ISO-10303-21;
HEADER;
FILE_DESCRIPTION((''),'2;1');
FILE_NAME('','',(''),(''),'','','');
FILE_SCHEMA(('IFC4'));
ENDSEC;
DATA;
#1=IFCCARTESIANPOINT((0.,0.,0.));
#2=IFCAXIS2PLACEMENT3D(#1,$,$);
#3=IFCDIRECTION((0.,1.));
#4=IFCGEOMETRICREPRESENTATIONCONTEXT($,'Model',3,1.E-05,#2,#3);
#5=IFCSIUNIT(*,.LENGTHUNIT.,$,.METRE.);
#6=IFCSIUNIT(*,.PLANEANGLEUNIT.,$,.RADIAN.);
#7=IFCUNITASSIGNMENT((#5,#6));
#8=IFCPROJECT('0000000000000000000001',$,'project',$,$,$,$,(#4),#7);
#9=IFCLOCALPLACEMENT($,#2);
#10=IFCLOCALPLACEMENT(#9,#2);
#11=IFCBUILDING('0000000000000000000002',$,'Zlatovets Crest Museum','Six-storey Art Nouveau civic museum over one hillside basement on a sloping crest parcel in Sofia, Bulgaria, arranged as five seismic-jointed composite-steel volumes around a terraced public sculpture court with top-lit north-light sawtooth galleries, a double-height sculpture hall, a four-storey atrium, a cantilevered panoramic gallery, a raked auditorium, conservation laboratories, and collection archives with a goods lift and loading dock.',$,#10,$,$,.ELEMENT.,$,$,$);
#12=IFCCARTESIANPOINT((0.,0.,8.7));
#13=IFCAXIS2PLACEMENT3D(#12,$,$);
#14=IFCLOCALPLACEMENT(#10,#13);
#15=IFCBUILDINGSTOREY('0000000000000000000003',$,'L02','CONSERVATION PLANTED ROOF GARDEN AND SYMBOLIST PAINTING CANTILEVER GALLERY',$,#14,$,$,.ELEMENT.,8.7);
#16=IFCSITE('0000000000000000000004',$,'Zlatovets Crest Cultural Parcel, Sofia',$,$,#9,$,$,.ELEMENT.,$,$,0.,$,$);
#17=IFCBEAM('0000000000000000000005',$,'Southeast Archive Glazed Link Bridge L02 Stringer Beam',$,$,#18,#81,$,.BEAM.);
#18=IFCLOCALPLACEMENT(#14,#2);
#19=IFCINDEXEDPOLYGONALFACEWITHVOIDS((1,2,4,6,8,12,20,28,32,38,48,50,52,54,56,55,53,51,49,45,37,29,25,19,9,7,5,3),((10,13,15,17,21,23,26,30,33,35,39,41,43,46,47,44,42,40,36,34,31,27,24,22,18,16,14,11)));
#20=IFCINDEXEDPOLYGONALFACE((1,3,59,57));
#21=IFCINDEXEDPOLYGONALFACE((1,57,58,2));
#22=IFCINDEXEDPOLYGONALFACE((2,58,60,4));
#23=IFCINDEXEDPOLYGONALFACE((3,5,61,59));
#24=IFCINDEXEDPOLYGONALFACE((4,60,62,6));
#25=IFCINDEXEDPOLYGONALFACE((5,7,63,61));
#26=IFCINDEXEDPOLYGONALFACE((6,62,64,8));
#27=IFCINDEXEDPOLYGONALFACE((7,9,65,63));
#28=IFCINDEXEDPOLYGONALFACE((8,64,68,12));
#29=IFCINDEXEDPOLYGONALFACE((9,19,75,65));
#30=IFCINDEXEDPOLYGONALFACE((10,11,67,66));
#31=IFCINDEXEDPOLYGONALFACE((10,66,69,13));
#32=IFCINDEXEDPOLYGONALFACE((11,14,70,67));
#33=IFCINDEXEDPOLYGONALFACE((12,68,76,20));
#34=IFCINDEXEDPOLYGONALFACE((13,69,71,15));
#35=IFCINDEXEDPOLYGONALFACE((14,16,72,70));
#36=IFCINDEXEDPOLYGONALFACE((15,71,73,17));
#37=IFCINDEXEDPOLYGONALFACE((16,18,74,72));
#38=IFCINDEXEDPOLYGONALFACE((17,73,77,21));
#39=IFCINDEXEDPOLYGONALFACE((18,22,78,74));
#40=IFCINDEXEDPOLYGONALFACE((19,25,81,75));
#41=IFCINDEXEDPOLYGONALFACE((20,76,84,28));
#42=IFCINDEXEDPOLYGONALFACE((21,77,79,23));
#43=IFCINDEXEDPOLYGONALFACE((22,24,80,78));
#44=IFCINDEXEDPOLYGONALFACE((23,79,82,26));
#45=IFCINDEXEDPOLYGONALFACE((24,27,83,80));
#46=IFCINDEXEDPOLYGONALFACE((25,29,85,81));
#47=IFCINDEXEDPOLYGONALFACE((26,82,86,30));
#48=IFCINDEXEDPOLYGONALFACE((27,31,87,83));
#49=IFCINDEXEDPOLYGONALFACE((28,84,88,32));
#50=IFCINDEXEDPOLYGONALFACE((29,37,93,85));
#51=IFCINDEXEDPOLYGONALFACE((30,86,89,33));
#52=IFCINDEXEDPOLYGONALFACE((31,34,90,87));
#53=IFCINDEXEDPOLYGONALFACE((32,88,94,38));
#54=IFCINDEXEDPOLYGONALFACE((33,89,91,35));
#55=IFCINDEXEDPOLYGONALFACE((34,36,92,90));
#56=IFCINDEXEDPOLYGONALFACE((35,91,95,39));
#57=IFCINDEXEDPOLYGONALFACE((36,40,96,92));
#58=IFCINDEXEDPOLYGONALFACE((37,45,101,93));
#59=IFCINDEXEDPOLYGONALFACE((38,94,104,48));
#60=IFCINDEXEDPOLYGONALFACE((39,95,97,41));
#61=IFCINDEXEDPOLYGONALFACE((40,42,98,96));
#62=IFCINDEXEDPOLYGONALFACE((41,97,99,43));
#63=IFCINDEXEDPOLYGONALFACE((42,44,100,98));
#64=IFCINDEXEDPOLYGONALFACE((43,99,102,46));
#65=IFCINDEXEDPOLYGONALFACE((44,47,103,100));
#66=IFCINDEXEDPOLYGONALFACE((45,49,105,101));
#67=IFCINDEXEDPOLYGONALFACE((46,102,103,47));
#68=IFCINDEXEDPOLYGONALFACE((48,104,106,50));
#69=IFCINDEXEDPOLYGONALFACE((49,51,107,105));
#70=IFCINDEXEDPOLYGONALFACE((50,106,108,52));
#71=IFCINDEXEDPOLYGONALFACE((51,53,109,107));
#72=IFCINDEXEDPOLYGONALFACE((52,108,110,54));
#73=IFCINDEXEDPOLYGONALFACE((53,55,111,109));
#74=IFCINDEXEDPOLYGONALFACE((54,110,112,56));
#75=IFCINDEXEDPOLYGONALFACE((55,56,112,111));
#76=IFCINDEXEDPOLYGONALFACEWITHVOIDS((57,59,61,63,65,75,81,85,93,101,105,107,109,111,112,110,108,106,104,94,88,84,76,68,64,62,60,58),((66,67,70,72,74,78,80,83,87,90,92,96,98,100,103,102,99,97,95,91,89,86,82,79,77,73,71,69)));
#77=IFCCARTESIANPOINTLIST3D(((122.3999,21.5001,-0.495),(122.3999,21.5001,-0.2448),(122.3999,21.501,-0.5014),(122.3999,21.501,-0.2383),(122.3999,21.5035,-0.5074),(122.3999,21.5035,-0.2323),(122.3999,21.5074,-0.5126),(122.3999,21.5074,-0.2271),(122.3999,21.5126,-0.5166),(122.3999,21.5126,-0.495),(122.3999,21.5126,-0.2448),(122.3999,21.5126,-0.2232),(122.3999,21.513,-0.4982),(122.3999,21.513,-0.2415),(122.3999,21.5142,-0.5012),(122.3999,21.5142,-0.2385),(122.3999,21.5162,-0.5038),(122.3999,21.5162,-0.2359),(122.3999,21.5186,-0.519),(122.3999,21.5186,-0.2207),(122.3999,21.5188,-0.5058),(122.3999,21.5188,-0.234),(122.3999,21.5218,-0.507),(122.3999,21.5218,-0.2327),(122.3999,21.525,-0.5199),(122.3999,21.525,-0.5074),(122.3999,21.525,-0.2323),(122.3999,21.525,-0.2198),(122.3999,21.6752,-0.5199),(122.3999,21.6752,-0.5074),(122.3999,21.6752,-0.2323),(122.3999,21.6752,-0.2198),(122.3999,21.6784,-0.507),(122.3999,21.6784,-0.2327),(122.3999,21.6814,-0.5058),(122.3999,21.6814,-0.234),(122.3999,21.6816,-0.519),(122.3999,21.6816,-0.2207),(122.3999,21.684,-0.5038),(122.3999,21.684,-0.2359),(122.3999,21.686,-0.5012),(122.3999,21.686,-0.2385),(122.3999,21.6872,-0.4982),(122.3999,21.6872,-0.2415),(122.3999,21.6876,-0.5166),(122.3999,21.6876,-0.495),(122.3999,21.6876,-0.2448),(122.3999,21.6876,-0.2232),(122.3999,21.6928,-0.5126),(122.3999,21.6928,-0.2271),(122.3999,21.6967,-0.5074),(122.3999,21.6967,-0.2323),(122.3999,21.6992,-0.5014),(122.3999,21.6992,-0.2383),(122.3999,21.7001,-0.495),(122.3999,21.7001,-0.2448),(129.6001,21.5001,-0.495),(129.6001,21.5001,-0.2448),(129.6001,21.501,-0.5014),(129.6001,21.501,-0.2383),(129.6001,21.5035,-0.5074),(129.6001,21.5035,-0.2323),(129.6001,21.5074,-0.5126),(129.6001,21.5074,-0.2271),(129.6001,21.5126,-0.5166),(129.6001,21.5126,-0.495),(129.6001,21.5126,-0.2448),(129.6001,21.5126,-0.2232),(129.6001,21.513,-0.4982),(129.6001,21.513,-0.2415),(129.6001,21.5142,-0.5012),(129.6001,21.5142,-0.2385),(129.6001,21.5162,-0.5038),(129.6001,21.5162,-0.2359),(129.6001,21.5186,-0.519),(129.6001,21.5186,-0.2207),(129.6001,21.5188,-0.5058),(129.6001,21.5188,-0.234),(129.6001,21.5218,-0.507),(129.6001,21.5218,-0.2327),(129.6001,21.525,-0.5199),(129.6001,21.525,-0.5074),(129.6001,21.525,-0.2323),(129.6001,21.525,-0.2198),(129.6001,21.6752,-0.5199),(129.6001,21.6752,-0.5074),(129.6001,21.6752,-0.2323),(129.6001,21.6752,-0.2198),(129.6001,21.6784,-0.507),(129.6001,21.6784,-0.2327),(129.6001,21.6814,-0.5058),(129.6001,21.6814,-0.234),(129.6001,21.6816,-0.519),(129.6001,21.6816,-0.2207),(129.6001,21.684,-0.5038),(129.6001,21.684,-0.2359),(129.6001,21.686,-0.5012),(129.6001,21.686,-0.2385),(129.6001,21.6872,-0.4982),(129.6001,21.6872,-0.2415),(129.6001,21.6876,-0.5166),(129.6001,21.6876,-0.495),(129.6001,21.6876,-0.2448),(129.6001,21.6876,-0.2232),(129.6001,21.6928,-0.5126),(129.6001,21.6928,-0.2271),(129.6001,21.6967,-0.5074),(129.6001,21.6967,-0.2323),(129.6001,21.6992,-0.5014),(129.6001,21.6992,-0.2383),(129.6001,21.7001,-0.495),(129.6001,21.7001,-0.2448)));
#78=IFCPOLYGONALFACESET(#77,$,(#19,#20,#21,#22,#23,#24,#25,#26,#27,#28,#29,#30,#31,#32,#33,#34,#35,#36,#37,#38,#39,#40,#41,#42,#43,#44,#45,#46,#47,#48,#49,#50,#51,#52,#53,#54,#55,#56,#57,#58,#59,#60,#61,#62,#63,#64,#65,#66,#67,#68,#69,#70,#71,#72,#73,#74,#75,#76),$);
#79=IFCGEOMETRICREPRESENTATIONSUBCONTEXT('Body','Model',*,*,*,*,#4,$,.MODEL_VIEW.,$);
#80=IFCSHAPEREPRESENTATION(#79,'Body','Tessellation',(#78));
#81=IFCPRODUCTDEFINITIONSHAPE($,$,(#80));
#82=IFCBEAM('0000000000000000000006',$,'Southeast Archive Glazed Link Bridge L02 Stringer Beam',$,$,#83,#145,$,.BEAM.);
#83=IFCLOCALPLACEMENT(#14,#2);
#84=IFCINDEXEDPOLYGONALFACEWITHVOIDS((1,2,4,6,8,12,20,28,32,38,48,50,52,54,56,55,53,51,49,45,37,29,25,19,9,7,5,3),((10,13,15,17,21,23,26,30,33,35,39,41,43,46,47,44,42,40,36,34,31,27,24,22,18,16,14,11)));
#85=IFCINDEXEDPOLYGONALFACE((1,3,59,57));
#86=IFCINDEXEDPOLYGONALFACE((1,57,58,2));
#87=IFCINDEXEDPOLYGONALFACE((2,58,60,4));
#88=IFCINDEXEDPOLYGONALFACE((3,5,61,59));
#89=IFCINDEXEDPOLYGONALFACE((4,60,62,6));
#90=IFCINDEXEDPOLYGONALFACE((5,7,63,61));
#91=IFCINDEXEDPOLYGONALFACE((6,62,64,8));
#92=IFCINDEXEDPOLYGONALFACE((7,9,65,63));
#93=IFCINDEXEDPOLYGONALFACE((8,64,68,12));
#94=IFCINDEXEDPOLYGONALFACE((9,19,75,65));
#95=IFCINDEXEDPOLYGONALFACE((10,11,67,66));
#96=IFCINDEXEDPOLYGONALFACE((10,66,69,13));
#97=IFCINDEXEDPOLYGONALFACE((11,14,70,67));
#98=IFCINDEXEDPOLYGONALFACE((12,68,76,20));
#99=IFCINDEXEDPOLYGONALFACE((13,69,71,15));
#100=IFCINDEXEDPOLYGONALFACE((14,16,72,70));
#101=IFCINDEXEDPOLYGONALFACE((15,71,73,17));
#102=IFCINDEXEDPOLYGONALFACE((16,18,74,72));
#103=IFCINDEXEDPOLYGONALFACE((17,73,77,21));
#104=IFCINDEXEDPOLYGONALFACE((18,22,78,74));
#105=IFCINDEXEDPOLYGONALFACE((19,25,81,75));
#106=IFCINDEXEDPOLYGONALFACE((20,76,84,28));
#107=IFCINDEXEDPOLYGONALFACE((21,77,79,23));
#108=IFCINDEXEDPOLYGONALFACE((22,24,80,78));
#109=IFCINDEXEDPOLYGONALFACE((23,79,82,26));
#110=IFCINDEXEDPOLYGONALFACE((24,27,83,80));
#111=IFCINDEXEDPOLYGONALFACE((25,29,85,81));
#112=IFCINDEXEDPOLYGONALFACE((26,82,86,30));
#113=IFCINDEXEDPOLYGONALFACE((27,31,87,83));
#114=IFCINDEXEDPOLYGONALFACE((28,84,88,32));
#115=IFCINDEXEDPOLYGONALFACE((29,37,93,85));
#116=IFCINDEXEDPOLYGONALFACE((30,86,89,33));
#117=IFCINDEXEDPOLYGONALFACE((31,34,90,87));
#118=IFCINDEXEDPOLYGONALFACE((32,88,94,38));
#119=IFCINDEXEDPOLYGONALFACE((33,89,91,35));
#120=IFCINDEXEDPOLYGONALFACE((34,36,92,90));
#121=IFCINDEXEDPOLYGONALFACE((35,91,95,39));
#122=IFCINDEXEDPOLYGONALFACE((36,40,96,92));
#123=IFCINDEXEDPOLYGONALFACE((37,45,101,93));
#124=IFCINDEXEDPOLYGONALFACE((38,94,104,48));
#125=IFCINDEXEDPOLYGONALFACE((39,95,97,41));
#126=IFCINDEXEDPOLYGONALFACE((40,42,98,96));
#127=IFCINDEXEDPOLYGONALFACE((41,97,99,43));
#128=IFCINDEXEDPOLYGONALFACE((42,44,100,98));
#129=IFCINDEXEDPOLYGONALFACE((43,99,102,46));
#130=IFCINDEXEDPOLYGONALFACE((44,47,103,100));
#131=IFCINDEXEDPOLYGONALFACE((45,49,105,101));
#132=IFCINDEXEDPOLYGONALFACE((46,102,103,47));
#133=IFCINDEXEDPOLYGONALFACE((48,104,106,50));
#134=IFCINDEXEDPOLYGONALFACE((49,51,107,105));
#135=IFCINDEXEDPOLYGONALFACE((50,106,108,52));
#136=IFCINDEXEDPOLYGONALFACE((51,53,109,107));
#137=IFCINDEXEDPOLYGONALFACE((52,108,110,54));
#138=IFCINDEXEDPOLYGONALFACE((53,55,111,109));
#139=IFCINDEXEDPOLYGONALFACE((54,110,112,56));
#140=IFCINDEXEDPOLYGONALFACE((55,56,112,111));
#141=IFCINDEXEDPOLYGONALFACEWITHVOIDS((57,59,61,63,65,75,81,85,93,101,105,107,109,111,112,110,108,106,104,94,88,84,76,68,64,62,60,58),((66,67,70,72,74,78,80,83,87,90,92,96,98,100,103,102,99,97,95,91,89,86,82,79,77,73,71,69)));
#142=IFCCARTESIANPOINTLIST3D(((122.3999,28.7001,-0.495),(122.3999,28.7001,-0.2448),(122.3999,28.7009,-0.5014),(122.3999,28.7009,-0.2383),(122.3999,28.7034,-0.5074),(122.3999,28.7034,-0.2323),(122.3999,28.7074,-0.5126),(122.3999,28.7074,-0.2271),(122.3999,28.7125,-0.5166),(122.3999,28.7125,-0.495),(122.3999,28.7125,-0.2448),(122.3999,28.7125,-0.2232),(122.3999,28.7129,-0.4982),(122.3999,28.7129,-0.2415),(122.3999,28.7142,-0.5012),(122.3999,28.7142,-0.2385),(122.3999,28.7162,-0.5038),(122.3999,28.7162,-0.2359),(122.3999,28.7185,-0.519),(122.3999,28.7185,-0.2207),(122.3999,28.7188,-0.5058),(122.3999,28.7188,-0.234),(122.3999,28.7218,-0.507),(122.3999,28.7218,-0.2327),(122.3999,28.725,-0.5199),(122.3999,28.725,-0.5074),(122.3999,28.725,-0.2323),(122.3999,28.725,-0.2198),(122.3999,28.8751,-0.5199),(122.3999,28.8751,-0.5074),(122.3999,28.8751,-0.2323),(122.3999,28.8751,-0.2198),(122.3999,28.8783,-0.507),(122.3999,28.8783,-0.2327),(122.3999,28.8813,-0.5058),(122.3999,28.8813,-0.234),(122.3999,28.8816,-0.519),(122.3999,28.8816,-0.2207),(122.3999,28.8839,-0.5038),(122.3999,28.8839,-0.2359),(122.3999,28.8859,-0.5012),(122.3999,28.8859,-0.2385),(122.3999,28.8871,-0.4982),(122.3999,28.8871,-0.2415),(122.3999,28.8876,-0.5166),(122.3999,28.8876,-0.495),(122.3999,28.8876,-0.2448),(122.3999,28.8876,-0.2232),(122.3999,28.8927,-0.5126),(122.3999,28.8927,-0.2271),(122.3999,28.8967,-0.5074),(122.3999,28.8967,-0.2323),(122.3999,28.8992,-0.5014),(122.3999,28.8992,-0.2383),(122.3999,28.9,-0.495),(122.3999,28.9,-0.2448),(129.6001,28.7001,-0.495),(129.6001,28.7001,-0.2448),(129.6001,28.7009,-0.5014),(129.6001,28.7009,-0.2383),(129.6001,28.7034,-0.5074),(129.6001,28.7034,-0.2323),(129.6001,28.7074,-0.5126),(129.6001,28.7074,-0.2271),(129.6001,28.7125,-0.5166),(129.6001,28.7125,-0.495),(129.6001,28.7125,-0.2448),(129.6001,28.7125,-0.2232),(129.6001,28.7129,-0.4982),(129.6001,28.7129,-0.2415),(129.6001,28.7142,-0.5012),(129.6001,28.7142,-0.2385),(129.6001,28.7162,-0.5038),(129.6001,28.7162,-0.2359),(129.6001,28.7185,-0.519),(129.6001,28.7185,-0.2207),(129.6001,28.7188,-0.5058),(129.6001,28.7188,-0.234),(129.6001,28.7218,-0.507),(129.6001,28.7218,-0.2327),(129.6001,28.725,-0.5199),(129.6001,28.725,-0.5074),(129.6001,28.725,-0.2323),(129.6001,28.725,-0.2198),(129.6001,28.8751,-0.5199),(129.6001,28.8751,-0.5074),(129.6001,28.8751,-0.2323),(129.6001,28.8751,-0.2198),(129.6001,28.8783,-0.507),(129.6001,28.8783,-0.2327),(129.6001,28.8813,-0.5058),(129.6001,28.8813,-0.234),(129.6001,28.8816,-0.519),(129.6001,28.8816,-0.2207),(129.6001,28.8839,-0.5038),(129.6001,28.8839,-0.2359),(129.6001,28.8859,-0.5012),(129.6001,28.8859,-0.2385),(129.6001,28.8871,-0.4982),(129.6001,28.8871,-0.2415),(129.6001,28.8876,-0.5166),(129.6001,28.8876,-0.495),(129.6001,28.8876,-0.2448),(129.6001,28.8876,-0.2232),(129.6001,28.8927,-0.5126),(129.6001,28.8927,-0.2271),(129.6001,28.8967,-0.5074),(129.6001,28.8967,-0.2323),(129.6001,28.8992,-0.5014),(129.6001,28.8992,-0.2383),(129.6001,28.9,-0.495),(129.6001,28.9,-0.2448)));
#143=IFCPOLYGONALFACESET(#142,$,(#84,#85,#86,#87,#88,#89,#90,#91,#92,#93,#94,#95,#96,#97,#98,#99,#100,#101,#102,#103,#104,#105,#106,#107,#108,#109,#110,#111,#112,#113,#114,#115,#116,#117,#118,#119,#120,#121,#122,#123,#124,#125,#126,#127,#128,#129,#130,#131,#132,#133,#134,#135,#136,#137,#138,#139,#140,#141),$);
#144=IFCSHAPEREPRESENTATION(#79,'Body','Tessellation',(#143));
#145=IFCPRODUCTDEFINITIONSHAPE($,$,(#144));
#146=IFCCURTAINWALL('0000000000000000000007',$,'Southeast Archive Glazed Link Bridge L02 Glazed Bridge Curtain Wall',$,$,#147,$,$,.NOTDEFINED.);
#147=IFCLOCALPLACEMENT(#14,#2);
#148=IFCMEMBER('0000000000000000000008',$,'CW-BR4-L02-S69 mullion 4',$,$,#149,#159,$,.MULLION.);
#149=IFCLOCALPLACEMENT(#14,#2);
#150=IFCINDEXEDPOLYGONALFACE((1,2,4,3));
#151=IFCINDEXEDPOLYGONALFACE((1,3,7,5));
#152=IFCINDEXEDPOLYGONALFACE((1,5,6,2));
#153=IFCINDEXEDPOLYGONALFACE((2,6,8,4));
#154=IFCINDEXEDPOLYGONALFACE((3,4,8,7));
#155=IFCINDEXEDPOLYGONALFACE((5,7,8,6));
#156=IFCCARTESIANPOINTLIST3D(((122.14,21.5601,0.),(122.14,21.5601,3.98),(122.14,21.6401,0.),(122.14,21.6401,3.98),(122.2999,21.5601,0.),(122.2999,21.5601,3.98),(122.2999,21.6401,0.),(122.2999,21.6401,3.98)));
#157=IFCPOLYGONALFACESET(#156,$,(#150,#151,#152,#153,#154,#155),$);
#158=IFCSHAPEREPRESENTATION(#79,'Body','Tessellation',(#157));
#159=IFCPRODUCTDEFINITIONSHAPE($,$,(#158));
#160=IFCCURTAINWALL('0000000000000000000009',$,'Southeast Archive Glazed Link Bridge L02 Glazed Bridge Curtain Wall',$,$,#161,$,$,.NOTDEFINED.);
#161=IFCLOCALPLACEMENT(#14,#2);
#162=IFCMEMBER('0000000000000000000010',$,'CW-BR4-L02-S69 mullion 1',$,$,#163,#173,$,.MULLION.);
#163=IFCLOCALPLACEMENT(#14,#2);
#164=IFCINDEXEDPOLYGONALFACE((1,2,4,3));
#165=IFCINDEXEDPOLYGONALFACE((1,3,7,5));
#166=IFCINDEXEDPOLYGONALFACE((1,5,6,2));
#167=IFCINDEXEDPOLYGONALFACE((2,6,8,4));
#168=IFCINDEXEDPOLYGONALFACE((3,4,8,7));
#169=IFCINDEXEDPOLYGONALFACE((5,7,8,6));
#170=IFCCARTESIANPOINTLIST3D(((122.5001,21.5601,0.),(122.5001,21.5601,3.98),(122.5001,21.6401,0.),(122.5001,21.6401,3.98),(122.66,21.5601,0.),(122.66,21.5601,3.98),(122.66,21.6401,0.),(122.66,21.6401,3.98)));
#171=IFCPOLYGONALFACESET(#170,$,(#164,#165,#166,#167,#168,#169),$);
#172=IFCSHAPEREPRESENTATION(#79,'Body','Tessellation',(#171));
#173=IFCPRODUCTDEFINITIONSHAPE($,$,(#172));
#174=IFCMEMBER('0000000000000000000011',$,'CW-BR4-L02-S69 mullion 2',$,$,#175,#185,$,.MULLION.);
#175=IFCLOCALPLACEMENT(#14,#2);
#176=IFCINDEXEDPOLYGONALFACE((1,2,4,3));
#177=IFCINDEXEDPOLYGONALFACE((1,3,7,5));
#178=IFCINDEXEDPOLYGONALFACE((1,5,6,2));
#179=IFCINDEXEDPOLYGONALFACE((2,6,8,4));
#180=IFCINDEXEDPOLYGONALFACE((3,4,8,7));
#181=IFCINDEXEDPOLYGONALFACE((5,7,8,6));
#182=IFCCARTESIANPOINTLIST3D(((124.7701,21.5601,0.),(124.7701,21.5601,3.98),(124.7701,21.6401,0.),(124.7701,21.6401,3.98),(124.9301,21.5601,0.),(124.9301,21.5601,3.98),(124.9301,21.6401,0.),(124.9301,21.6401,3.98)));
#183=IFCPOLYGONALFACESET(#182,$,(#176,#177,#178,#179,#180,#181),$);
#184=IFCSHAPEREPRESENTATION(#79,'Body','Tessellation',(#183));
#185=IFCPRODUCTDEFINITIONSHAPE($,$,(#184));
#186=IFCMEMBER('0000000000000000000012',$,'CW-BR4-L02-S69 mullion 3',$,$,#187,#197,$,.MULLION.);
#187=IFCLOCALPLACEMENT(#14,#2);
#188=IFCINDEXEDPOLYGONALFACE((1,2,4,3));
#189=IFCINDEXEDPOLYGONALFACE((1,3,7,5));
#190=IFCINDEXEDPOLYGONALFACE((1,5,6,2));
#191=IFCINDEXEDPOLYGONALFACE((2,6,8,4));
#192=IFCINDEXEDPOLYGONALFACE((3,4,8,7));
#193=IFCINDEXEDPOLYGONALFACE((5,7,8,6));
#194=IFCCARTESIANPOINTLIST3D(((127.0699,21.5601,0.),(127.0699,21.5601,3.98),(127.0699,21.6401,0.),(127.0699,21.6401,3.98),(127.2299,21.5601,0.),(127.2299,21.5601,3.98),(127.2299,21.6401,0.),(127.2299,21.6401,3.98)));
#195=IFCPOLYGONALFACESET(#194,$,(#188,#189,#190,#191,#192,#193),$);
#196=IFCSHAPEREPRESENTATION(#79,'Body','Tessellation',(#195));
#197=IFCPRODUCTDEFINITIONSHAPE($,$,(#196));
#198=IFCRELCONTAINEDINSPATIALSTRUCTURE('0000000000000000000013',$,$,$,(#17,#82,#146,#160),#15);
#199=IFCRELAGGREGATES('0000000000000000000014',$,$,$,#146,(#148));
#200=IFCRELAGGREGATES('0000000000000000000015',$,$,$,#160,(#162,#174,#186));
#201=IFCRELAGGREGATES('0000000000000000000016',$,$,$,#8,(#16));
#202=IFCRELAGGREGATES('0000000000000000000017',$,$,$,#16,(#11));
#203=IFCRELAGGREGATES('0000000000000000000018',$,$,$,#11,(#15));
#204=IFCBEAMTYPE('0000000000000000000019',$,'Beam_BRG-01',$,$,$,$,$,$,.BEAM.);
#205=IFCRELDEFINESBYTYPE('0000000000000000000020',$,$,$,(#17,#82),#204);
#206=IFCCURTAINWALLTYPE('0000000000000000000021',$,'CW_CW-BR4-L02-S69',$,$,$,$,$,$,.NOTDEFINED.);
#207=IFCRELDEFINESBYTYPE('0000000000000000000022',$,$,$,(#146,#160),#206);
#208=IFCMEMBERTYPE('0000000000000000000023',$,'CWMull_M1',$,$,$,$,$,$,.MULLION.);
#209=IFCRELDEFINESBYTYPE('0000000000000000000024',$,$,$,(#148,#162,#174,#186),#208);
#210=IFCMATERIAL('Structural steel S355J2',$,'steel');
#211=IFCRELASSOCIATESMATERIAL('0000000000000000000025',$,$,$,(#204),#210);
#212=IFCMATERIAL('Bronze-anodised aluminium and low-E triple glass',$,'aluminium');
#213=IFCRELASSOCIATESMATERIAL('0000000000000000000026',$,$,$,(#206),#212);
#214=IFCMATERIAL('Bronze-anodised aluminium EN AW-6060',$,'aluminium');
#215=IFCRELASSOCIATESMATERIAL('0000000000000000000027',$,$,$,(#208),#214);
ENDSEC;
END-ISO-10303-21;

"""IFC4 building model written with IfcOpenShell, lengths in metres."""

from ifc_helpers import new_model, si_unit, direction, frame, origin, origin_2d, place, context, subcontext, project, spatial, rectangle, hollow_rectangle, extrude, material, material_profile, profile_set, type_object, element, aggregate, save


model = new_model("IFC4")

# Units and contexts
model_context = context("Model", 3, precision=1e-05, world=origin(), true_north=direction((0.0, 1.0)))
body_context = subcontext(model_context, "Body", "Model", "MODEL_VIEW")
ifc_project = project(units=[si_unit("LENGTHUNIT", "METRE"), si_unit("PLANEANGLEUNIT", "RADIAN")], contexts=[model_context])

# Site, building, storey
site_placement = place(None, origin())
site = spatial("IfcSite", under=ifc_project, at=site_placement, Name="Zlatovets Crest Cultural Parcel, Sofia", CompositionType="ELEMENT", RefElevation=0.0)
building_placement = place(site_placement, origin())
building = spatial("IfcBuilding", under=site, at=building_placement, Name="Zlatovets Crest Museum", Description="Six-storey Art Nouveau civic museum over one hillside basement on a sloping crest parcel in Sofia, Bulgaria, arranged as five seismic-jointed composite-steel volumes around a terraced public sculpture court with top-lit north-light sawtooth galleries, a double-height sculpture hall, a four-storey atrium, a cantilevered panoramic gallery, a raked auditorium, conservation laboratories, and collection archives with a goods lift and loading dock.", CompositionType="ELEMENT")
storey_placement = place(building_placement, frame((0.0, 0.0, 8.7)))
storey = spatial("IfcBuildingStorey", under=building, at=storey_placement, Name="L02", Description="CONSERVATION PLANTED ROOF GARDEN AND SYMBOLIST PAINTING CANTILEVER GALLERY", CompositionType="ELEMENT", Elevation=8.7)

# Shared definitions
ifc_material_1 = material(Name="Structural steel S355J2", Category="steel")

# Beams
ifc_material_profile_1 = material_profile(ifc_material_1, hollow_rectangle(XDim=0.2, YDim=0.3, WallThickness=0.0125, InnerFilletRadius=0.0125, OuterFilletRadius=0.0249, at=origin_2d()), Name="RHS 200x300x12.5")
ifc_profile_set_1 = profile_set([ifc_material_profile_1], Name="Structural steel S355J2")
beam_type_1 = type_object("IfcBeamType", Name="Beam_BRG-01", PredefinedType="BEAM", material=ifc_profile_set_1)
for number, where, z_axis, x_axis, name in (
    (1, (122.3999, 21.6001, -0.3699), (1.0, 0.0, 0.0), (0.0, 1.0, 0.0), "Southeast Archive Glazed Link Bridge L02 Stringer Beam"),
    (2, (122.3999, 28.8, -0.3699), (1.0, 0.0, 0.0), (0.0, 1.0, 0.0), "Southeast Archive Glazed Link Bridge L02 Stringer Beam"),
):
    element("IfcBeam", number, at=place(storey_placement, frame(where, z_axis=z_axis, x_axis=x_axis)), inside=storey, type_object=beam_type_1, Name=name, PredefinedType="BEAM", context=body_context, shape_type="SweptSolid", body=[
        extrude(hollow_rectangle(XDim=0.2, YDim=0.3, WallThickness=0.0125, InnerFilletRadius=0.0125, OuterFilletRadius=0.0249, at=origin_2d()), origin(), (0.0, 0.0, 1.0), 7.2002),
    ])

# Curtain wall, member
ifc_material_2 = material(Name="Bronze-anodised aluminium and low-E triple glass", Category="aluminium")
curtain_wall_type = type_object("IfcCurtainWallType", Name="CW_CW-BR4-L02-S69", PredefinedType="NOTDEFINED", material=ifc_material_2)
curtain_wall_1_placement = place(storey_placement, origin())
curtain_wall_1 = element("IfcCurtainWall", 3, at=curtain_wall_1_placement, inside=storey, type_object=curtain_wall_type, Name="Southeast Archive Glazed Link Bridge L02 Glazed Bridge Curtain Wall", PredefinedType="NOTDEFINED")
ifc_material_3 = material(Name="Bronze-anodised aluminium EN AW-6060", Category="aluminium")
ifc_material_profile_2 = material_profile(ifc_material_3, rectangle(XDim=0.0801, YDim=0.1599, at=origin_2d()), Name="ALU 80x160")
ifc_profile_set_2 = profile_set([ifc_material_profile_2], Name="Bronze-anodised aluminium EN AW-6060")
member_type_1 = type_object("IfcMemberType", Name="CWMull_M1", PredefinedType="MULLION", material=ifc_profile_set_2)
member_1_placement = place(storey_placement, frame((122.22, 21.6001, 0.0), z_axis=(0.0, 0.0, 1.0), x_axis=(0.0, 1.0, 0.0)))
member_1 = element("IfcMember", 4, at=member_1_placement, type_object=member_type_1, Name="CW-BR4-L02-S69 mullion 4", PredefinedType="MULLION", context=body_context, shape_type="SweptSolid", body=[
    extrude(rectangle(XDim=0.0801, YDim=0.1599, at=origin_2d()), origin(), (0.0, 0.0, 1.0), 3.98),
])

# Curtain wall, members
curtain_wall_2_placement = place(storey_placement, origin())
curtain_wall_2 = element("IfcCurtainWall", 5, at=curtain_wall_2_placement, inside=storey, type_object=curtain_wall_type, Name="Southeast Archive Glazed Link Bridge L02 Glazed Bridge Curtain Wall", PredefinedType="NOTDEFINED")
member_2_placement = place(storey_placement, frame((122.5801, 21.6001, 0.0), z_axis=(0.0, 0.0, 1.0), x_axis=(0.0, 1.0, 0.0)))
member_2 = element("IfcMember", 6, at=member_2_placement, type_object=member_type_1, Name="CW-BR4-L02-S69 mullion 1", PredefinedType="MULLION", context=body_context, shape_type="SweptSolid", body=[
    extrude(rectangle(XDim=0.0801, YDim=0.1599, at=origin_2d()), origin(), (0.0, 0.0, 1.0), 3.98),
])
member_3_placement = place(storey_placement, frame((124.8501, 21.6001, 0.0), z_axis=(0.0, 0.0, 1.0), x_axis=(0.0, 1.0, 0.0)))
member_3 = element("IfcMember", 7, at=member_3_placement, type_object=member_type_1, Name="CW-BR4-L02-S69 mullion 2", PredefinedType="MULLION", context=body_context, shape_type="SweptSolid", body=[
    extrude(rectangle(XDim=0.0801, YDim=0.1599, at=origin_2d()), origin(), (0.0, 0.0, 1.0), 3.98),
])
member_4_placement = place(storey_placement, frame((127.1499, 21.6001, 0.0), z_axis=(0.0, 0.0, 1.0), x_axis=(0.0, 1.0, 0.0)))
member_4 = element("IfcMember", 8, at=member_4_placement, type_object=member_type_1, Name="CW-BR4-L02-S69 mullion 3", PredefinedType="MULLION", context=body_context, shape_type="SweptSolid", body=[
    extrude(rectangle(XDim=0.0801, YDim=0.1599, at=origin_2d()), origin(), (0.0, 0.0, 1.0), 3.98),
])

aggregate(curtain_wall_1, [member_1])
aggregate(curtain_wall_2, [member_2, member_3, member_4])

save(model, "model.ifc")
